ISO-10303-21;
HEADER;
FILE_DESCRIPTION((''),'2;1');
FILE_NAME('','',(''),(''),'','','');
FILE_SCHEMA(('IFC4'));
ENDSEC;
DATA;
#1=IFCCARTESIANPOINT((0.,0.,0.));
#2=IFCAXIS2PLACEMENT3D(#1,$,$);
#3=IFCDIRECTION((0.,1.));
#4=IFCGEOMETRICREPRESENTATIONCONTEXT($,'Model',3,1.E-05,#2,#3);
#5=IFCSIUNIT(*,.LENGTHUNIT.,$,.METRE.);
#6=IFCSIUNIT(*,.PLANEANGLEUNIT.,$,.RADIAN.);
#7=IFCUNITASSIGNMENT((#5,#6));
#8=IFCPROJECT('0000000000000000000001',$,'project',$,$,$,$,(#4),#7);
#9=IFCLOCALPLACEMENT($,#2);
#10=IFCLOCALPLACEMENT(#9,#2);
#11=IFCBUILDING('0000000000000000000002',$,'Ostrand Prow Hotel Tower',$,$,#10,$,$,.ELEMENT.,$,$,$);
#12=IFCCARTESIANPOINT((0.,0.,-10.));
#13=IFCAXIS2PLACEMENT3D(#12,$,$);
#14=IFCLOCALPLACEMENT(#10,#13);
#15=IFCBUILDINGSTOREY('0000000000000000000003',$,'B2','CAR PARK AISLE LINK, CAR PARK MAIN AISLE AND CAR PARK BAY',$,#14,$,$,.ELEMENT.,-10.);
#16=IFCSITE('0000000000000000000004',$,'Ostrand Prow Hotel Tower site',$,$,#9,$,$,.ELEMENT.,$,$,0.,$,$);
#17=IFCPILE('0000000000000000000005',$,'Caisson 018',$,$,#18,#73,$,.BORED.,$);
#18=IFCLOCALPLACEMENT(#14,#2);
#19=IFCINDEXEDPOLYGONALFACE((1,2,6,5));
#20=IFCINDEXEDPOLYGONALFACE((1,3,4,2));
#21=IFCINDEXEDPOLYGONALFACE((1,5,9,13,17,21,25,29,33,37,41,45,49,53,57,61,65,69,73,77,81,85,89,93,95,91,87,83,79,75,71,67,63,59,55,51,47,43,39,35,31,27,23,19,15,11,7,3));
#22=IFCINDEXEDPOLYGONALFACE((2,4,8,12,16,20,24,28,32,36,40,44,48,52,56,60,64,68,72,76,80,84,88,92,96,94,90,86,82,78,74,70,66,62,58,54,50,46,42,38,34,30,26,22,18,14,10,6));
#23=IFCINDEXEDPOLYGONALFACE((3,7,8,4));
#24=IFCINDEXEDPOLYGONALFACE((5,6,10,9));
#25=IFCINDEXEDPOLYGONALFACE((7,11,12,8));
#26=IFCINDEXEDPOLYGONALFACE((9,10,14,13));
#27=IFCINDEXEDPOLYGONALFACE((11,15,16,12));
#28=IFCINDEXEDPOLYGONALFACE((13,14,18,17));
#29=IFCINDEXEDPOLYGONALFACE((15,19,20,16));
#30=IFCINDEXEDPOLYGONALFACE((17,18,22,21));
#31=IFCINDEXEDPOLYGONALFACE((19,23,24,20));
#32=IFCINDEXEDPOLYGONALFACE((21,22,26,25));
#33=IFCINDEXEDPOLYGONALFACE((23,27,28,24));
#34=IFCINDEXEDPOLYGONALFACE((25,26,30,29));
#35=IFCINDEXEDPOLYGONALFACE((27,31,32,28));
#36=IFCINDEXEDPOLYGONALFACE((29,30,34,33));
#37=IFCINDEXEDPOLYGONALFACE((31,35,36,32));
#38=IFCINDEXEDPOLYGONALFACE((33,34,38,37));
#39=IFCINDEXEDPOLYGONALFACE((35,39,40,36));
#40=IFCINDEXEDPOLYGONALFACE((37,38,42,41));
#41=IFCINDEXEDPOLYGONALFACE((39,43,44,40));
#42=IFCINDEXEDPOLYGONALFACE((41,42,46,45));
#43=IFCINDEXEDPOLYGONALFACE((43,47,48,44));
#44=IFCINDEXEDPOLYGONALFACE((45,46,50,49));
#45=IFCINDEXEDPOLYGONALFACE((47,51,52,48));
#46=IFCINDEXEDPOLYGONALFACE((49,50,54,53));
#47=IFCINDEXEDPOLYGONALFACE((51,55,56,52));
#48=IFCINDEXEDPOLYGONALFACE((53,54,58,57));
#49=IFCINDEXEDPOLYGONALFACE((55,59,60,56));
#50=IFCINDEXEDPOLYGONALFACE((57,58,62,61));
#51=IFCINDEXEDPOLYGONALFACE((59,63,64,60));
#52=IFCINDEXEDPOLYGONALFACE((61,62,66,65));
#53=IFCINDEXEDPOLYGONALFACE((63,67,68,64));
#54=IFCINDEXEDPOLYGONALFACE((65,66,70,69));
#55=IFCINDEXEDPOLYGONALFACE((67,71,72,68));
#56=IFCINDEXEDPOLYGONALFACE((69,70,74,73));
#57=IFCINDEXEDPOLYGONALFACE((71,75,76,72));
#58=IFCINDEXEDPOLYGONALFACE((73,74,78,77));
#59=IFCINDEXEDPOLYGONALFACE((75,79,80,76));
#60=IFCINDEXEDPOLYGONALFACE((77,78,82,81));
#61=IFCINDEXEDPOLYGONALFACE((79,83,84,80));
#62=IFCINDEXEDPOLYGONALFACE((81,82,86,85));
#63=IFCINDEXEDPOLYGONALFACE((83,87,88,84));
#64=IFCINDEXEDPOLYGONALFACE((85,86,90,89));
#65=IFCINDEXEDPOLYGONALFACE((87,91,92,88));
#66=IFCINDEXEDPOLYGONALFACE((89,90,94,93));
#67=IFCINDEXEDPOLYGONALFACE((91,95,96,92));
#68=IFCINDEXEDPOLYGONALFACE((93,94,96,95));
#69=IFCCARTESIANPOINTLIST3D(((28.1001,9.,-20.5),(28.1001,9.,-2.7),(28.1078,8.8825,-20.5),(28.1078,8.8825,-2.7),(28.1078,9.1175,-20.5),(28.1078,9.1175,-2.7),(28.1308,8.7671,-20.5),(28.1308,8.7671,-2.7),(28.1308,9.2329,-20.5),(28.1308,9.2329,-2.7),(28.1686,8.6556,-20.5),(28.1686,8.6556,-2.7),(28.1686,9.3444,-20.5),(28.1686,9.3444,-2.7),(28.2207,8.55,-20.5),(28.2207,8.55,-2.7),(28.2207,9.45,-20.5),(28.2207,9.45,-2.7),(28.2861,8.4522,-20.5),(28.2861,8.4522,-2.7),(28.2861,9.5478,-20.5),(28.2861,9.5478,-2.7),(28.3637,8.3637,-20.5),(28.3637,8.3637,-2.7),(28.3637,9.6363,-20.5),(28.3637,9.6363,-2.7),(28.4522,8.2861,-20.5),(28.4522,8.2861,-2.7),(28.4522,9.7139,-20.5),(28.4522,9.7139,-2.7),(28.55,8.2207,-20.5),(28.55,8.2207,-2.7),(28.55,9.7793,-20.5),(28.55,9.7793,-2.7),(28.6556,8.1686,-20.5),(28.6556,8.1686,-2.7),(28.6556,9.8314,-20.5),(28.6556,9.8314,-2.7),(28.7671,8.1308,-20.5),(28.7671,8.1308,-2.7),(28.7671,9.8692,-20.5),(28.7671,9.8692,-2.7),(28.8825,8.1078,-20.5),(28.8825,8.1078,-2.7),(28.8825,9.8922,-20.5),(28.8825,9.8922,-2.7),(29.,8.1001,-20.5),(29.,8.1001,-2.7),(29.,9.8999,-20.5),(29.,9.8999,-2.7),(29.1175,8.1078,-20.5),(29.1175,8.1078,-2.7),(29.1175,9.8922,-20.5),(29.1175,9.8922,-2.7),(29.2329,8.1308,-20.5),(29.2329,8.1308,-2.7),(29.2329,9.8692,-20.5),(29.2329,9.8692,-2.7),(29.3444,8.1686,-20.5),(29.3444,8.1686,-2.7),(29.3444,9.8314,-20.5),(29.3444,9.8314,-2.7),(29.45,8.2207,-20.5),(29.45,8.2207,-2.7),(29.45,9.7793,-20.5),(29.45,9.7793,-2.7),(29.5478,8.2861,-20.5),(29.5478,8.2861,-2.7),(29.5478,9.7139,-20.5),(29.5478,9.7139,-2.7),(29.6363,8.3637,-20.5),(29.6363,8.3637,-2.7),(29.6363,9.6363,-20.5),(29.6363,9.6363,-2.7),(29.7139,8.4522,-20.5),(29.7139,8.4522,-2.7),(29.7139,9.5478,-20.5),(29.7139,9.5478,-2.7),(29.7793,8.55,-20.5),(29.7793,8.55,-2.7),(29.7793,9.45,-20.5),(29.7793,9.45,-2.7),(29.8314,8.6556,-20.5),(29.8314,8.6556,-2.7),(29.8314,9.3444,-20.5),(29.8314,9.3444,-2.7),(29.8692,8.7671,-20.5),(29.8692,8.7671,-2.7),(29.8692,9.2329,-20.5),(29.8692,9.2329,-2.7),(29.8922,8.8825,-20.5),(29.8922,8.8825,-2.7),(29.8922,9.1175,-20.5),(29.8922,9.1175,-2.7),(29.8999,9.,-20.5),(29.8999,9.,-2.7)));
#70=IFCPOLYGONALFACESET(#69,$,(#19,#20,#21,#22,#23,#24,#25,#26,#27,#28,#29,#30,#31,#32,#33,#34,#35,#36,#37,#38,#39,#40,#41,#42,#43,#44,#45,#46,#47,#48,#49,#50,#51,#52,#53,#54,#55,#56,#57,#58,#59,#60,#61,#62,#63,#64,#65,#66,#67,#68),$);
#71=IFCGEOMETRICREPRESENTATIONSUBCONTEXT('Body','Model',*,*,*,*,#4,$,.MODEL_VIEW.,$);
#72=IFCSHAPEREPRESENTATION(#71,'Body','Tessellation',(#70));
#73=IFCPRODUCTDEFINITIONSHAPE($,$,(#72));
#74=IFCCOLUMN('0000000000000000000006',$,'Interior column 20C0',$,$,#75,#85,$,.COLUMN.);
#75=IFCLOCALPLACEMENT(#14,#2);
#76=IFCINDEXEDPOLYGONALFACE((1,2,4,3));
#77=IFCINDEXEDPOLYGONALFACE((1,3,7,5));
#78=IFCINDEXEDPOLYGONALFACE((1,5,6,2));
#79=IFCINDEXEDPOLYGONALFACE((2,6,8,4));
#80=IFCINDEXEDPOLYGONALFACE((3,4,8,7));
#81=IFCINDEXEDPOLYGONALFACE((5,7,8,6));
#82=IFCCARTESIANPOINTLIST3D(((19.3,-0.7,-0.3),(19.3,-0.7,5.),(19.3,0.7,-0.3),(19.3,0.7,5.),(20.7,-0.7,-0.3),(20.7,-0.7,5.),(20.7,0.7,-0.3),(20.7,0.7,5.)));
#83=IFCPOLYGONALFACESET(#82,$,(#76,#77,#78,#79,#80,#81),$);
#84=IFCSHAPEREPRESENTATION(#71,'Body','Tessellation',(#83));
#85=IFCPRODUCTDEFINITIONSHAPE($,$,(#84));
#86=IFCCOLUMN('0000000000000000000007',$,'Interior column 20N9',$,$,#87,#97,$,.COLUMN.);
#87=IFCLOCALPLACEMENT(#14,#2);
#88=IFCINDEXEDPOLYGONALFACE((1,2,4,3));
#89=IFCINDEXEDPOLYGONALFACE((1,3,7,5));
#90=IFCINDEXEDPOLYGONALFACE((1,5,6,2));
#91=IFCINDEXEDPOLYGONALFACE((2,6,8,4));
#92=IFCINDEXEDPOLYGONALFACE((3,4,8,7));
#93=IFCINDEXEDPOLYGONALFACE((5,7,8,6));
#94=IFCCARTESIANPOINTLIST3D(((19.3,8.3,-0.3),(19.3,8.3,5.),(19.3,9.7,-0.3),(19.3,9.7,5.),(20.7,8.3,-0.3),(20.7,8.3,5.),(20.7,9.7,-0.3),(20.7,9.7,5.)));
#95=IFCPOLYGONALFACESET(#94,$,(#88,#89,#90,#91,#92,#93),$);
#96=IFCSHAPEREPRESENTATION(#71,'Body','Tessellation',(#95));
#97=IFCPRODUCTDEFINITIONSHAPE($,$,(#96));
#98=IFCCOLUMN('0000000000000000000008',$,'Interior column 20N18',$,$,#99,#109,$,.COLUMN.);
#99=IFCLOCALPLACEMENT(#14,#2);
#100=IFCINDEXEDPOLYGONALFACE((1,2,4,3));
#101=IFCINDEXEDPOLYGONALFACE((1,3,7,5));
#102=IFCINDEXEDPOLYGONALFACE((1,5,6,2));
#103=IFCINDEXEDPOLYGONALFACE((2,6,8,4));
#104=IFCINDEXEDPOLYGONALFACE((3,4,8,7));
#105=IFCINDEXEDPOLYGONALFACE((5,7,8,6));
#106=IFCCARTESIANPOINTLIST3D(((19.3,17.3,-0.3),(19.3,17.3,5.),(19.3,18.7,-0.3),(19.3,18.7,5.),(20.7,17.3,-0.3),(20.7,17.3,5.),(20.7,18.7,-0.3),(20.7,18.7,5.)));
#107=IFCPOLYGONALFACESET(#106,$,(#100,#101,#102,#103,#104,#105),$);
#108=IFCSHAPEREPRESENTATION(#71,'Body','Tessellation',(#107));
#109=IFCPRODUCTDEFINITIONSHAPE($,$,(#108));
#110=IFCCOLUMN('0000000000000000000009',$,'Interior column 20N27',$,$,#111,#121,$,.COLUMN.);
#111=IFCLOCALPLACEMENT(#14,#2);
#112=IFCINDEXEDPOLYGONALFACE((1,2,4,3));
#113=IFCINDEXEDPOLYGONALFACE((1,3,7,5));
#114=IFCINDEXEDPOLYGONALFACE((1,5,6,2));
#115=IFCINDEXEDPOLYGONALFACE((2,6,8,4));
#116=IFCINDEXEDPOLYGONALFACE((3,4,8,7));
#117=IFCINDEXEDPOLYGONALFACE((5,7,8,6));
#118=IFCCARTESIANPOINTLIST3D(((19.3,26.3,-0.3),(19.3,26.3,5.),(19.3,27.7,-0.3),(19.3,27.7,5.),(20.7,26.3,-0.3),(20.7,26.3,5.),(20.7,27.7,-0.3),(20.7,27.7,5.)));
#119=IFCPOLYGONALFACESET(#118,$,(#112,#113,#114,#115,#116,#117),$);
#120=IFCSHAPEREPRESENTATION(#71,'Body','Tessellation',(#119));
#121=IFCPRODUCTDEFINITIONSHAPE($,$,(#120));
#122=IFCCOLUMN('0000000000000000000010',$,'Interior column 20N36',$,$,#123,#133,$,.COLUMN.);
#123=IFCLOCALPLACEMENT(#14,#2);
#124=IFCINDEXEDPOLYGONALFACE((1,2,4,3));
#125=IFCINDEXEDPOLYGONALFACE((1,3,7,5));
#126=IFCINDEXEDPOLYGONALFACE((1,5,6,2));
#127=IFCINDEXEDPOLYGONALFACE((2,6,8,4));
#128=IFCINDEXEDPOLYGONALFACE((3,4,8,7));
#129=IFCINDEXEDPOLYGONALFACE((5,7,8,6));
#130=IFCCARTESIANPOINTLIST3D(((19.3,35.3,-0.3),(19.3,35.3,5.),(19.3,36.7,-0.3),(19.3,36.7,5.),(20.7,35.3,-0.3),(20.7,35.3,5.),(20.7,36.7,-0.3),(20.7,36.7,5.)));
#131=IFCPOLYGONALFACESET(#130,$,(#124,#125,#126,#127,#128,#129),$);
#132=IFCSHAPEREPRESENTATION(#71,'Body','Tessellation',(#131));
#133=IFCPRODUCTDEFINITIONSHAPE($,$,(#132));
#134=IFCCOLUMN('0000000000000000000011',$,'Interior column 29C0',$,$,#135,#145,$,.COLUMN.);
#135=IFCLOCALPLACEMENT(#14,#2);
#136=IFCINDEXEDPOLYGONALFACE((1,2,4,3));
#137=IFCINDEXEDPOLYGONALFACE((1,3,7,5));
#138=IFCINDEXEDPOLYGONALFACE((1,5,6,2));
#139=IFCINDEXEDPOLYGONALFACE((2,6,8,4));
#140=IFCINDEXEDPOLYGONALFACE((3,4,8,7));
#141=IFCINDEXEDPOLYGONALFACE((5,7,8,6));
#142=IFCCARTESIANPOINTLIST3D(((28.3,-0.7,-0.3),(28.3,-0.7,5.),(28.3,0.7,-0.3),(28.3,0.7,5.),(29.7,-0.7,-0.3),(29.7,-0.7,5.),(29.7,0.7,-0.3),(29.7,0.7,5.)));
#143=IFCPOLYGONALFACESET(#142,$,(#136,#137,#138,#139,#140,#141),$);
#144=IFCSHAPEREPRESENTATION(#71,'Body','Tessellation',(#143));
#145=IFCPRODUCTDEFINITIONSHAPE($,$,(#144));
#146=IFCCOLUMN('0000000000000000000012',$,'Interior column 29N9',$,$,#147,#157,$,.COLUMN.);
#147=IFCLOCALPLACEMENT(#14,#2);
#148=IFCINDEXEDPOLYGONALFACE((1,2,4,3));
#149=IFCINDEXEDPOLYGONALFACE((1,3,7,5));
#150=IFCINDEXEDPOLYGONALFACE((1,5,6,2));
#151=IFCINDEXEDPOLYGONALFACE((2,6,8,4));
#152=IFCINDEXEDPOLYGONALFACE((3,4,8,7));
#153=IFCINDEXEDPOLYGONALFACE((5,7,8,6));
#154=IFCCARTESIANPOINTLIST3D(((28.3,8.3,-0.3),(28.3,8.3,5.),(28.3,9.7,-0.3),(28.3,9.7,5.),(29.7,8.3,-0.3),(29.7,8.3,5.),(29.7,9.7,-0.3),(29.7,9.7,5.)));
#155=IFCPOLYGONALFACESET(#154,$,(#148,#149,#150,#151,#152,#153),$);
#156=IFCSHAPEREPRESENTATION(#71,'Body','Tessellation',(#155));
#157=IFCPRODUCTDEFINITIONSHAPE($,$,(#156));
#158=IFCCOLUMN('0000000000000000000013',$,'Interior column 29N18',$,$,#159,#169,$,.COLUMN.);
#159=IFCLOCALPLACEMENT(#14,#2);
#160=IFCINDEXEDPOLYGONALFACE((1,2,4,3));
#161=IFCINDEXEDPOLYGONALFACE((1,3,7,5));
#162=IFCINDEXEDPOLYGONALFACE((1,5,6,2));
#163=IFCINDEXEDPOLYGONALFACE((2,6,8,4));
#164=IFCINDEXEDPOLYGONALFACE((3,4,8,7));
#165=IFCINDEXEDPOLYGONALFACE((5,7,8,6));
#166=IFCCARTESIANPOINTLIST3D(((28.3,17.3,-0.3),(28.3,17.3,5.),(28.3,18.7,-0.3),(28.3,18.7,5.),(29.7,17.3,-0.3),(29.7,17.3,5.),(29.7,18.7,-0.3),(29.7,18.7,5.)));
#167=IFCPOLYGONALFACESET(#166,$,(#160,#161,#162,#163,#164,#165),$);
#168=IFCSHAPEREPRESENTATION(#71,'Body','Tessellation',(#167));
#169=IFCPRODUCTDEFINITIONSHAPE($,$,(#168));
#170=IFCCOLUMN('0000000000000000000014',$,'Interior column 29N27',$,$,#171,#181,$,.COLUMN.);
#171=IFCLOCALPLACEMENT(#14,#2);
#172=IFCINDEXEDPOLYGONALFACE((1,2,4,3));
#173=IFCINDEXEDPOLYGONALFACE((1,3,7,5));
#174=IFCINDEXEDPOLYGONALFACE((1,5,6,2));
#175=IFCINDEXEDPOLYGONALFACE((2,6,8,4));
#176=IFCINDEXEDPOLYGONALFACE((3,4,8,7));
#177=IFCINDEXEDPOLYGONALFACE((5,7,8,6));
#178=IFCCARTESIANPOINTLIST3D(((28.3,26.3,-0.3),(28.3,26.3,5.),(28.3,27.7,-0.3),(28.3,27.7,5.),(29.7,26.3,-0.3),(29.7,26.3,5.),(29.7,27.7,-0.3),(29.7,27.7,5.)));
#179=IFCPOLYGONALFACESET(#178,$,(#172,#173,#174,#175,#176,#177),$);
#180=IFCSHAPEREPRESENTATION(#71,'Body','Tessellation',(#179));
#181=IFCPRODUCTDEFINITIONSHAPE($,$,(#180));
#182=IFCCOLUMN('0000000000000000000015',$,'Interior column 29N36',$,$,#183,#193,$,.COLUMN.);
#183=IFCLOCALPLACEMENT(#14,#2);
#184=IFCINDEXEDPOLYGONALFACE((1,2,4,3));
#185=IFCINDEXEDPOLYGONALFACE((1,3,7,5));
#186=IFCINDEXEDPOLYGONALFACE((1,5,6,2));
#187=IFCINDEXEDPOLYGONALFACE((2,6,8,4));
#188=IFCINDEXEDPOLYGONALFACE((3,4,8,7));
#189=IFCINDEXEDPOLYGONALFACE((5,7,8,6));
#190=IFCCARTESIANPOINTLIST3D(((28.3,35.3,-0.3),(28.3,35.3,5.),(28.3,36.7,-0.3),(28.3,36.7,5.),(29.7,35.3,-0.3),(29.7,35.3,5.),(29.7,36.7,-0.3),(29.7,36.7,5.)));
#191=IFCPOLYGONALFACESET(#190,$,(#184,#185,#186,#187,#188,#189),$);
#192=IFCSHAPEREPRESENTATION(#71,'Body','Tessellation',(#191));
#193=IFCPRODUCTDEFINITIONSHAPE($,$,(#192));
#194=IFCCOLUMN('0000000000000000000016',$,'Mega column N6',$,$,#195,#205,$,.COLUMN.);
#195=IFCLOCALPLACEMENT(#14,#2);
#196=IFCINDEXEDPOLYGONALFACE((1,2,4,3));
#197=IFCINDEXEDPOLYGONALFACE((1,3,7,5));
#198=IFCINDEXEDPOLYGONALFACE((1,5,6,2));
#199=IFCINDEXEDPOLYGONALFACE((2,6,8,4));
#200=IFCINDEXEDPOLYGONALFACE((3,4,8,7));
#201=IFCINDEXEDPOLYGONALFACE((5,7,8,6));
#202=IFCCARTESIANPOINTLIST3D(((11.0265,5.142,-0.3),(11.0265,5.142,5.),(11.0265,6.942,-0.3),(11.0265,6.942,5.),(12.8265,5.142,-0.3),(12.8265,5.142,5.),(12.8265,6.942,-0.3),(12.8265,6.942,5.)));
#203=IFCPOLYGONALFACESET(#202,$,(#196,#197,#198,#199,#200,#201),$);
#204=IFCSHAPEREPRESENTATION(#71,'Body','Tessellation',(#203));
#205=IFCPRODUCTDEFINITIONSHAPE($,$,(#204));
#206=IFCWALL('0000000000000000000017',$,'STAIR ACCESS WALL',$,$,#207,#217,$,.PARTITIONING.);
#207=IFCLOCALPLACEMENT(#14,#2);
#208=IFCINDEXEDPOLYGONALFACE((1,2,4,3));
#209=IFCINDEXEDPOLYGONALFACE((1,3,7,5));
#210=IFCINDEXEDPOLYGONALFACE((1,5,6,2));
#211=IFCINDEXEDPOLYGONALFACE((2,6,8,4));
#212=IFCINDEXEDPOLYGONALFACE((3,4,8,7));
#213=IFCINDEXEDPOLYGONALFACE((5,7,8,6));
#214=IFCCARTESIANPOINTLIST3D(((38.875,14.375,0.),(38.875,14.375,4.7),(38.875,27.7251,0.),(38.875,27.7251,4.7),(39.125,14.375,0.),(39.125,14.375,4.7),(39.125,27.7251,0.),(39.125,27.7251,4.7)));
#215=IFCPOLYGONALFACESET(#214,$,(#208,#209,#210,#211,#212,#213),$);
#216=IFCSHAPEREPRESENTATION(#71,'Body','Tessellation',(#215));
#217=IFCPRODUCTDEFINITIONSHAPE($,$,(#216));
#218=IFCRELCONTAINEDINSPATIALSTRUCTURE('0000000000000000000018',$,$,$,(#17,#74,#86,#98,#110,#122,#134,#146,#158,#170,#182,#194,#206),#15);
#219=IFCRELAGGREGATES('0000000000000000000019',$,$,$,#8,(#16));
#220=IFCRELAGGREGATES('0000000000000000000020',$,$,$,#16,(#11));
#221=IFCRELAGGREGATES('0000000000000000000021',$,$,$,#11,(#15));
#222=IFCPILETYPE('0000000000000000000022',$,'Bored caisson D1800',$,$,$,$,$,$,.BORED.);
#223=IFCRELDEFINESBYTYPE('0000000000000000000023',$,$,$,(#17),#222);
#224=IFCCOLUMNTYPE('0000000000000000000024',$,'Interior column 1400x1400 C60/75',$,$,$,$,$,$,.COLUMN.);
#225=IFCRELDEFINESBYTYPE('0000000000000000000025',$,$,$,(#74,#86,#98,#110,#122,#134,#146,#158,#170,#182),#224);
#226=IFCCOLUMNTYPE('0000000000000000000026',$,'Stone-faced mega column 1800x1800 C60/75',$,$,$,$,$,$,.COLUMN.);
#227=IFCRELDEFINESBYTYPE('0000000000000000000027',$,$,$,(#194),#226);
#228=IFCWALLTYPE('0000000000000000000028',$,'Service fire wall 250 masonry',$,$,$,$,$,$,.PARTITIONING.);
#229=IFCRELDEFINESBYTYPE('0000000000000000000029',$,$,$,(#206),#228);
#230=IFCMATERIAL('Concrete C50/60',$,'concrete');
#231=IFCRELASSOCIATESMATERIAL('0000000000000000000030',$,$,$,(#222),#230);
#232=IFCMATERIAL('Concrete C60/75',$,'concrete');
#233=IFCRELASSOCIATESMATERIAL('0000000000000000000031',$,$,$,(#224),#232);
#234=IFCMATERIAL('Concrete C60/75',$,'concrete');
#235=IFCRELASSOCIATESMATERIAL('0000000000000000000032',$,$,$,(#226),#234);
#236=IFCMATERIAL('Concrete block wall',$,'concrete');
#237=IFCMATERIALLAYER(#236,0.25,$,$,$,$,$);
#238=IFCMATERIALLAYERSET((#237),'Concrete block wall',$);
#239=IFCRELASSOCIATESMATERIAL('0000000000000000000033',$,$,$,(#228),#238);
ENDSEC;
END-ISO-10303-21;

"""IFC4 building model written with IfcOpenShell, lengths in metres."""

from ifc_helpers import new_model, si_unit, direction, frame, frame_2d, origin, origin_2d, place, context, subcontext, project, spatial, rectangle, circle, extrude, material, layer, layer_set, material_profile, profile_set, type_object, element, save


model = new_model("IFC4")

# Units and contexts
model_context = context("Model", 3, precision=1e-05, world=origin(), true_north=direction((0.0, 1.0)))
body_context = subcontext(model_context, "Body", "Model", "MODEL_VIEW")
ifc_project = project(units=[si_unit("LENGTHUNIT", "METRE"), si_unit("PLANEANGLEUNIT", "RADIAN")], contexts=[model_context])

# Site, building, storey
site_placement = place(None, origin())
site = spatial("IfcSite", under=ifc_project, at=site_placement, Name="Ostrand Prow Hotel Tower site", CompositionType="ELEMENT", RefElevation=0.0)
building_placement = place(site_placement, origin())
building = spatial("IfcBuilding", under=site, at=building_placement, Name="Ostrand Prow Hotel Tower", CompositionType="ELEMENT")
storey_placement = place(building_placement, frame((0.0, 0.0, -10.0)))
storey = spatial("IfcBuildingStorey", under=building, at=storey_placement, Name="B2", Description="CAR PARK AISLE LINK, CAR PARK MAIN AISLE AND CAR PARK BAY", CompositionType="ELEMENT", Elevation=-10.0)

# Pile
ifc_material_1 = material(Name="Concrete C50/60", Category="concrete")
pile_type = type_object("IfcPileType", Name="Bored caisson D1800", PredefinedType="BORED", material=ifc_material_1)
for number, where, z_axis, x_axis, name in (
    (1, (29.0, 9.0, -2.7), (0.0, 0.0, -1.0), (1.0, 0.0, 0.0), "Caisson 018"),
):
    element("IfcPile", number, at=place(storey_placement, frame(where, z_axis=z_axis, x_axis=x_axis)), inside=storey, type_object=pile_type, Name=name, PredefinedType="BORED", context=body_context, shape_type="SweptSolid", body=[
        extrude(circle(Radius=0.8999, at=origin_2d()), origin(), (0.0, 0.0, 1.0), 17.8),
    ])

# Columns
ifc_material_2 = material(Name="Concrete C60/75", Category="concrete")
ifc_material_profile_1 = material_profile(ifc_material_2, rectangle(XDim=1.3999, YDim=1.3999, at=origin_2d()), Name="RC 1400x1400")
ifc_profile_set_1 = profile_set([ifc_material_profile_1], Name="Concrete C60/75")
column_type_1 = type_object("IfcColumnType", Name="Interior column 1400x1400 C60/75", PredefinedType="COLUMN", material=ifc_profile_set_1)
for number, where, z_axis, x_axis, name in (
    (2, (20.0, 0.0, -0.3), (0.0, 0.0, 1.0), (1.0, 0.0, 0.0), "Interior column 20C0"),
    (3, (20.0, 9.0, -0.3), (0.0, 0.0, 1.0), (1.0, 0.0, 0.0), "Interior column 20N9"),
    (4, (20.0, 18.0, -0.3), (0.0, 0.0, 1.0), (1.0, 0.0, 0.0), "Interior column 20N18"),
    (5, (20.0, 27.0, -0.3), (0.0, 0.0, 1.0), (1.0, 0.0, 0.0), "Interior column 20N27"),
    (6, (20.0, 36.0, -0.3), (0.0, 0.0, 1.0), (1.0, 0.0, 0.0), "Interior column 20N36"),
    (7, (29.0, 0.0, -0.3), (0.0, 0.0, 1.0), (1.0, 0.0, 0.0), "Interior column 29C0"),
    (8, (29.0, 9.0, -0.3), (0.0, 0.0, 1.0), (1.0, 0.0, 0.0), "Interior column 29N9"),
    (9, (29.0, 18.0, -0.3), (0.0, 0.0, 1.0), (1.0, 0.0, 0.0), "Interior column 29N18"),
    (10, (29.0, 27.0, -0.3), (0.0, 0.0, 1.0), (1.0, 0.0, 0.0), "Interior column 29N27"),
    (11, (29.0, 36.0, -0.3), (0.0, 0.0, 1.0), (1.0, 0.0, 0.0), "Interior column 29N36"),
):
    element("IfcColumn", number, at=place(storey_placement, frame(where, z_axis=z_axis, x_axis=x_axis)), inside=storey, type_object=column_type_1, Name=name, PredefinedType="COLUMN", context=body_context, shape_type="SweptSolid", body=[
        extrude(rectangle(XDim=1.3999, YDim=1.3999, at=origin_2d()), origin(), (0.0, 0.0, 1.0), 5.3),
    ])
ifc_material_3 = material(Name="Concrete C60/75", Category="concrete")
ifc_material_profile_2 = material_profile(ifc_material_3, rectangle(XDim=1.8, YDim=1.8, at=origin_2d()), Name="RC 1800x1800")
ifc_profile_set_2 = profile_set([ifc_material_profile_2], Name="Concrete C60/75")
column_type_2 = type_object("IfcColumnType", Name="Stone-faced mega column 1800x1800 C60/75", PredefinedType="COLUMN", material=ifc_profile_set_2)
column_placement = place(storey_placement, frame((11.9265, 6.042, -0.3), z_axis=(0.0, 0.0, 1.0), x_axis=(1.0, 0.0, 0.0)))
element("IfcColumn", 12, at=column_placement, inside=storey, type_object=column_type_2, Name="Mega column N6", PredefinedType="COLUMN", context=body_context, shape_type="SweptSolid", body=[
    extrude(rectangle(XDim=1.8, YDim=1.8, at=origin_2d()), origin(), (0.0, 0.0, 1.0), 5.3),
])

# Wall
ifc_material_4 = material(Name="Concrete block wall", Category="concrete")
ifc_layer = layer(ifc_material_4, 0.25)
ifc_layer_set = layer_set([ifc_layer], Name="Concrete block wall")
wall_type = type_object("IfcWallType", Name="Service fire wall 250 masonry", PredefinedType="PARTITIONING", material=ifc_layer_set)
wall_placement = place(storey_placement, frame((39.0, 14.375, 0.0), z_axis=(0.0, 0.0, 1.0), x_axis=(0.0, 1.0, 0.0)))
element("IfcWall", 13, at=wall_placement, inside=storey, type_object=wall_type, Name="STAIR ACCESS WALL", PredefinedType="PARTITIONING", context=body_context, shape_type="SweptSolid", body=[
    extrude(rectangle(XDim=13.3501, YDim=0.25, at=frame_2d((6.675, 0.0))), origin(), (0.0, 0.0, 1.0), 4.7),
])

save(model, "model.ifc")
